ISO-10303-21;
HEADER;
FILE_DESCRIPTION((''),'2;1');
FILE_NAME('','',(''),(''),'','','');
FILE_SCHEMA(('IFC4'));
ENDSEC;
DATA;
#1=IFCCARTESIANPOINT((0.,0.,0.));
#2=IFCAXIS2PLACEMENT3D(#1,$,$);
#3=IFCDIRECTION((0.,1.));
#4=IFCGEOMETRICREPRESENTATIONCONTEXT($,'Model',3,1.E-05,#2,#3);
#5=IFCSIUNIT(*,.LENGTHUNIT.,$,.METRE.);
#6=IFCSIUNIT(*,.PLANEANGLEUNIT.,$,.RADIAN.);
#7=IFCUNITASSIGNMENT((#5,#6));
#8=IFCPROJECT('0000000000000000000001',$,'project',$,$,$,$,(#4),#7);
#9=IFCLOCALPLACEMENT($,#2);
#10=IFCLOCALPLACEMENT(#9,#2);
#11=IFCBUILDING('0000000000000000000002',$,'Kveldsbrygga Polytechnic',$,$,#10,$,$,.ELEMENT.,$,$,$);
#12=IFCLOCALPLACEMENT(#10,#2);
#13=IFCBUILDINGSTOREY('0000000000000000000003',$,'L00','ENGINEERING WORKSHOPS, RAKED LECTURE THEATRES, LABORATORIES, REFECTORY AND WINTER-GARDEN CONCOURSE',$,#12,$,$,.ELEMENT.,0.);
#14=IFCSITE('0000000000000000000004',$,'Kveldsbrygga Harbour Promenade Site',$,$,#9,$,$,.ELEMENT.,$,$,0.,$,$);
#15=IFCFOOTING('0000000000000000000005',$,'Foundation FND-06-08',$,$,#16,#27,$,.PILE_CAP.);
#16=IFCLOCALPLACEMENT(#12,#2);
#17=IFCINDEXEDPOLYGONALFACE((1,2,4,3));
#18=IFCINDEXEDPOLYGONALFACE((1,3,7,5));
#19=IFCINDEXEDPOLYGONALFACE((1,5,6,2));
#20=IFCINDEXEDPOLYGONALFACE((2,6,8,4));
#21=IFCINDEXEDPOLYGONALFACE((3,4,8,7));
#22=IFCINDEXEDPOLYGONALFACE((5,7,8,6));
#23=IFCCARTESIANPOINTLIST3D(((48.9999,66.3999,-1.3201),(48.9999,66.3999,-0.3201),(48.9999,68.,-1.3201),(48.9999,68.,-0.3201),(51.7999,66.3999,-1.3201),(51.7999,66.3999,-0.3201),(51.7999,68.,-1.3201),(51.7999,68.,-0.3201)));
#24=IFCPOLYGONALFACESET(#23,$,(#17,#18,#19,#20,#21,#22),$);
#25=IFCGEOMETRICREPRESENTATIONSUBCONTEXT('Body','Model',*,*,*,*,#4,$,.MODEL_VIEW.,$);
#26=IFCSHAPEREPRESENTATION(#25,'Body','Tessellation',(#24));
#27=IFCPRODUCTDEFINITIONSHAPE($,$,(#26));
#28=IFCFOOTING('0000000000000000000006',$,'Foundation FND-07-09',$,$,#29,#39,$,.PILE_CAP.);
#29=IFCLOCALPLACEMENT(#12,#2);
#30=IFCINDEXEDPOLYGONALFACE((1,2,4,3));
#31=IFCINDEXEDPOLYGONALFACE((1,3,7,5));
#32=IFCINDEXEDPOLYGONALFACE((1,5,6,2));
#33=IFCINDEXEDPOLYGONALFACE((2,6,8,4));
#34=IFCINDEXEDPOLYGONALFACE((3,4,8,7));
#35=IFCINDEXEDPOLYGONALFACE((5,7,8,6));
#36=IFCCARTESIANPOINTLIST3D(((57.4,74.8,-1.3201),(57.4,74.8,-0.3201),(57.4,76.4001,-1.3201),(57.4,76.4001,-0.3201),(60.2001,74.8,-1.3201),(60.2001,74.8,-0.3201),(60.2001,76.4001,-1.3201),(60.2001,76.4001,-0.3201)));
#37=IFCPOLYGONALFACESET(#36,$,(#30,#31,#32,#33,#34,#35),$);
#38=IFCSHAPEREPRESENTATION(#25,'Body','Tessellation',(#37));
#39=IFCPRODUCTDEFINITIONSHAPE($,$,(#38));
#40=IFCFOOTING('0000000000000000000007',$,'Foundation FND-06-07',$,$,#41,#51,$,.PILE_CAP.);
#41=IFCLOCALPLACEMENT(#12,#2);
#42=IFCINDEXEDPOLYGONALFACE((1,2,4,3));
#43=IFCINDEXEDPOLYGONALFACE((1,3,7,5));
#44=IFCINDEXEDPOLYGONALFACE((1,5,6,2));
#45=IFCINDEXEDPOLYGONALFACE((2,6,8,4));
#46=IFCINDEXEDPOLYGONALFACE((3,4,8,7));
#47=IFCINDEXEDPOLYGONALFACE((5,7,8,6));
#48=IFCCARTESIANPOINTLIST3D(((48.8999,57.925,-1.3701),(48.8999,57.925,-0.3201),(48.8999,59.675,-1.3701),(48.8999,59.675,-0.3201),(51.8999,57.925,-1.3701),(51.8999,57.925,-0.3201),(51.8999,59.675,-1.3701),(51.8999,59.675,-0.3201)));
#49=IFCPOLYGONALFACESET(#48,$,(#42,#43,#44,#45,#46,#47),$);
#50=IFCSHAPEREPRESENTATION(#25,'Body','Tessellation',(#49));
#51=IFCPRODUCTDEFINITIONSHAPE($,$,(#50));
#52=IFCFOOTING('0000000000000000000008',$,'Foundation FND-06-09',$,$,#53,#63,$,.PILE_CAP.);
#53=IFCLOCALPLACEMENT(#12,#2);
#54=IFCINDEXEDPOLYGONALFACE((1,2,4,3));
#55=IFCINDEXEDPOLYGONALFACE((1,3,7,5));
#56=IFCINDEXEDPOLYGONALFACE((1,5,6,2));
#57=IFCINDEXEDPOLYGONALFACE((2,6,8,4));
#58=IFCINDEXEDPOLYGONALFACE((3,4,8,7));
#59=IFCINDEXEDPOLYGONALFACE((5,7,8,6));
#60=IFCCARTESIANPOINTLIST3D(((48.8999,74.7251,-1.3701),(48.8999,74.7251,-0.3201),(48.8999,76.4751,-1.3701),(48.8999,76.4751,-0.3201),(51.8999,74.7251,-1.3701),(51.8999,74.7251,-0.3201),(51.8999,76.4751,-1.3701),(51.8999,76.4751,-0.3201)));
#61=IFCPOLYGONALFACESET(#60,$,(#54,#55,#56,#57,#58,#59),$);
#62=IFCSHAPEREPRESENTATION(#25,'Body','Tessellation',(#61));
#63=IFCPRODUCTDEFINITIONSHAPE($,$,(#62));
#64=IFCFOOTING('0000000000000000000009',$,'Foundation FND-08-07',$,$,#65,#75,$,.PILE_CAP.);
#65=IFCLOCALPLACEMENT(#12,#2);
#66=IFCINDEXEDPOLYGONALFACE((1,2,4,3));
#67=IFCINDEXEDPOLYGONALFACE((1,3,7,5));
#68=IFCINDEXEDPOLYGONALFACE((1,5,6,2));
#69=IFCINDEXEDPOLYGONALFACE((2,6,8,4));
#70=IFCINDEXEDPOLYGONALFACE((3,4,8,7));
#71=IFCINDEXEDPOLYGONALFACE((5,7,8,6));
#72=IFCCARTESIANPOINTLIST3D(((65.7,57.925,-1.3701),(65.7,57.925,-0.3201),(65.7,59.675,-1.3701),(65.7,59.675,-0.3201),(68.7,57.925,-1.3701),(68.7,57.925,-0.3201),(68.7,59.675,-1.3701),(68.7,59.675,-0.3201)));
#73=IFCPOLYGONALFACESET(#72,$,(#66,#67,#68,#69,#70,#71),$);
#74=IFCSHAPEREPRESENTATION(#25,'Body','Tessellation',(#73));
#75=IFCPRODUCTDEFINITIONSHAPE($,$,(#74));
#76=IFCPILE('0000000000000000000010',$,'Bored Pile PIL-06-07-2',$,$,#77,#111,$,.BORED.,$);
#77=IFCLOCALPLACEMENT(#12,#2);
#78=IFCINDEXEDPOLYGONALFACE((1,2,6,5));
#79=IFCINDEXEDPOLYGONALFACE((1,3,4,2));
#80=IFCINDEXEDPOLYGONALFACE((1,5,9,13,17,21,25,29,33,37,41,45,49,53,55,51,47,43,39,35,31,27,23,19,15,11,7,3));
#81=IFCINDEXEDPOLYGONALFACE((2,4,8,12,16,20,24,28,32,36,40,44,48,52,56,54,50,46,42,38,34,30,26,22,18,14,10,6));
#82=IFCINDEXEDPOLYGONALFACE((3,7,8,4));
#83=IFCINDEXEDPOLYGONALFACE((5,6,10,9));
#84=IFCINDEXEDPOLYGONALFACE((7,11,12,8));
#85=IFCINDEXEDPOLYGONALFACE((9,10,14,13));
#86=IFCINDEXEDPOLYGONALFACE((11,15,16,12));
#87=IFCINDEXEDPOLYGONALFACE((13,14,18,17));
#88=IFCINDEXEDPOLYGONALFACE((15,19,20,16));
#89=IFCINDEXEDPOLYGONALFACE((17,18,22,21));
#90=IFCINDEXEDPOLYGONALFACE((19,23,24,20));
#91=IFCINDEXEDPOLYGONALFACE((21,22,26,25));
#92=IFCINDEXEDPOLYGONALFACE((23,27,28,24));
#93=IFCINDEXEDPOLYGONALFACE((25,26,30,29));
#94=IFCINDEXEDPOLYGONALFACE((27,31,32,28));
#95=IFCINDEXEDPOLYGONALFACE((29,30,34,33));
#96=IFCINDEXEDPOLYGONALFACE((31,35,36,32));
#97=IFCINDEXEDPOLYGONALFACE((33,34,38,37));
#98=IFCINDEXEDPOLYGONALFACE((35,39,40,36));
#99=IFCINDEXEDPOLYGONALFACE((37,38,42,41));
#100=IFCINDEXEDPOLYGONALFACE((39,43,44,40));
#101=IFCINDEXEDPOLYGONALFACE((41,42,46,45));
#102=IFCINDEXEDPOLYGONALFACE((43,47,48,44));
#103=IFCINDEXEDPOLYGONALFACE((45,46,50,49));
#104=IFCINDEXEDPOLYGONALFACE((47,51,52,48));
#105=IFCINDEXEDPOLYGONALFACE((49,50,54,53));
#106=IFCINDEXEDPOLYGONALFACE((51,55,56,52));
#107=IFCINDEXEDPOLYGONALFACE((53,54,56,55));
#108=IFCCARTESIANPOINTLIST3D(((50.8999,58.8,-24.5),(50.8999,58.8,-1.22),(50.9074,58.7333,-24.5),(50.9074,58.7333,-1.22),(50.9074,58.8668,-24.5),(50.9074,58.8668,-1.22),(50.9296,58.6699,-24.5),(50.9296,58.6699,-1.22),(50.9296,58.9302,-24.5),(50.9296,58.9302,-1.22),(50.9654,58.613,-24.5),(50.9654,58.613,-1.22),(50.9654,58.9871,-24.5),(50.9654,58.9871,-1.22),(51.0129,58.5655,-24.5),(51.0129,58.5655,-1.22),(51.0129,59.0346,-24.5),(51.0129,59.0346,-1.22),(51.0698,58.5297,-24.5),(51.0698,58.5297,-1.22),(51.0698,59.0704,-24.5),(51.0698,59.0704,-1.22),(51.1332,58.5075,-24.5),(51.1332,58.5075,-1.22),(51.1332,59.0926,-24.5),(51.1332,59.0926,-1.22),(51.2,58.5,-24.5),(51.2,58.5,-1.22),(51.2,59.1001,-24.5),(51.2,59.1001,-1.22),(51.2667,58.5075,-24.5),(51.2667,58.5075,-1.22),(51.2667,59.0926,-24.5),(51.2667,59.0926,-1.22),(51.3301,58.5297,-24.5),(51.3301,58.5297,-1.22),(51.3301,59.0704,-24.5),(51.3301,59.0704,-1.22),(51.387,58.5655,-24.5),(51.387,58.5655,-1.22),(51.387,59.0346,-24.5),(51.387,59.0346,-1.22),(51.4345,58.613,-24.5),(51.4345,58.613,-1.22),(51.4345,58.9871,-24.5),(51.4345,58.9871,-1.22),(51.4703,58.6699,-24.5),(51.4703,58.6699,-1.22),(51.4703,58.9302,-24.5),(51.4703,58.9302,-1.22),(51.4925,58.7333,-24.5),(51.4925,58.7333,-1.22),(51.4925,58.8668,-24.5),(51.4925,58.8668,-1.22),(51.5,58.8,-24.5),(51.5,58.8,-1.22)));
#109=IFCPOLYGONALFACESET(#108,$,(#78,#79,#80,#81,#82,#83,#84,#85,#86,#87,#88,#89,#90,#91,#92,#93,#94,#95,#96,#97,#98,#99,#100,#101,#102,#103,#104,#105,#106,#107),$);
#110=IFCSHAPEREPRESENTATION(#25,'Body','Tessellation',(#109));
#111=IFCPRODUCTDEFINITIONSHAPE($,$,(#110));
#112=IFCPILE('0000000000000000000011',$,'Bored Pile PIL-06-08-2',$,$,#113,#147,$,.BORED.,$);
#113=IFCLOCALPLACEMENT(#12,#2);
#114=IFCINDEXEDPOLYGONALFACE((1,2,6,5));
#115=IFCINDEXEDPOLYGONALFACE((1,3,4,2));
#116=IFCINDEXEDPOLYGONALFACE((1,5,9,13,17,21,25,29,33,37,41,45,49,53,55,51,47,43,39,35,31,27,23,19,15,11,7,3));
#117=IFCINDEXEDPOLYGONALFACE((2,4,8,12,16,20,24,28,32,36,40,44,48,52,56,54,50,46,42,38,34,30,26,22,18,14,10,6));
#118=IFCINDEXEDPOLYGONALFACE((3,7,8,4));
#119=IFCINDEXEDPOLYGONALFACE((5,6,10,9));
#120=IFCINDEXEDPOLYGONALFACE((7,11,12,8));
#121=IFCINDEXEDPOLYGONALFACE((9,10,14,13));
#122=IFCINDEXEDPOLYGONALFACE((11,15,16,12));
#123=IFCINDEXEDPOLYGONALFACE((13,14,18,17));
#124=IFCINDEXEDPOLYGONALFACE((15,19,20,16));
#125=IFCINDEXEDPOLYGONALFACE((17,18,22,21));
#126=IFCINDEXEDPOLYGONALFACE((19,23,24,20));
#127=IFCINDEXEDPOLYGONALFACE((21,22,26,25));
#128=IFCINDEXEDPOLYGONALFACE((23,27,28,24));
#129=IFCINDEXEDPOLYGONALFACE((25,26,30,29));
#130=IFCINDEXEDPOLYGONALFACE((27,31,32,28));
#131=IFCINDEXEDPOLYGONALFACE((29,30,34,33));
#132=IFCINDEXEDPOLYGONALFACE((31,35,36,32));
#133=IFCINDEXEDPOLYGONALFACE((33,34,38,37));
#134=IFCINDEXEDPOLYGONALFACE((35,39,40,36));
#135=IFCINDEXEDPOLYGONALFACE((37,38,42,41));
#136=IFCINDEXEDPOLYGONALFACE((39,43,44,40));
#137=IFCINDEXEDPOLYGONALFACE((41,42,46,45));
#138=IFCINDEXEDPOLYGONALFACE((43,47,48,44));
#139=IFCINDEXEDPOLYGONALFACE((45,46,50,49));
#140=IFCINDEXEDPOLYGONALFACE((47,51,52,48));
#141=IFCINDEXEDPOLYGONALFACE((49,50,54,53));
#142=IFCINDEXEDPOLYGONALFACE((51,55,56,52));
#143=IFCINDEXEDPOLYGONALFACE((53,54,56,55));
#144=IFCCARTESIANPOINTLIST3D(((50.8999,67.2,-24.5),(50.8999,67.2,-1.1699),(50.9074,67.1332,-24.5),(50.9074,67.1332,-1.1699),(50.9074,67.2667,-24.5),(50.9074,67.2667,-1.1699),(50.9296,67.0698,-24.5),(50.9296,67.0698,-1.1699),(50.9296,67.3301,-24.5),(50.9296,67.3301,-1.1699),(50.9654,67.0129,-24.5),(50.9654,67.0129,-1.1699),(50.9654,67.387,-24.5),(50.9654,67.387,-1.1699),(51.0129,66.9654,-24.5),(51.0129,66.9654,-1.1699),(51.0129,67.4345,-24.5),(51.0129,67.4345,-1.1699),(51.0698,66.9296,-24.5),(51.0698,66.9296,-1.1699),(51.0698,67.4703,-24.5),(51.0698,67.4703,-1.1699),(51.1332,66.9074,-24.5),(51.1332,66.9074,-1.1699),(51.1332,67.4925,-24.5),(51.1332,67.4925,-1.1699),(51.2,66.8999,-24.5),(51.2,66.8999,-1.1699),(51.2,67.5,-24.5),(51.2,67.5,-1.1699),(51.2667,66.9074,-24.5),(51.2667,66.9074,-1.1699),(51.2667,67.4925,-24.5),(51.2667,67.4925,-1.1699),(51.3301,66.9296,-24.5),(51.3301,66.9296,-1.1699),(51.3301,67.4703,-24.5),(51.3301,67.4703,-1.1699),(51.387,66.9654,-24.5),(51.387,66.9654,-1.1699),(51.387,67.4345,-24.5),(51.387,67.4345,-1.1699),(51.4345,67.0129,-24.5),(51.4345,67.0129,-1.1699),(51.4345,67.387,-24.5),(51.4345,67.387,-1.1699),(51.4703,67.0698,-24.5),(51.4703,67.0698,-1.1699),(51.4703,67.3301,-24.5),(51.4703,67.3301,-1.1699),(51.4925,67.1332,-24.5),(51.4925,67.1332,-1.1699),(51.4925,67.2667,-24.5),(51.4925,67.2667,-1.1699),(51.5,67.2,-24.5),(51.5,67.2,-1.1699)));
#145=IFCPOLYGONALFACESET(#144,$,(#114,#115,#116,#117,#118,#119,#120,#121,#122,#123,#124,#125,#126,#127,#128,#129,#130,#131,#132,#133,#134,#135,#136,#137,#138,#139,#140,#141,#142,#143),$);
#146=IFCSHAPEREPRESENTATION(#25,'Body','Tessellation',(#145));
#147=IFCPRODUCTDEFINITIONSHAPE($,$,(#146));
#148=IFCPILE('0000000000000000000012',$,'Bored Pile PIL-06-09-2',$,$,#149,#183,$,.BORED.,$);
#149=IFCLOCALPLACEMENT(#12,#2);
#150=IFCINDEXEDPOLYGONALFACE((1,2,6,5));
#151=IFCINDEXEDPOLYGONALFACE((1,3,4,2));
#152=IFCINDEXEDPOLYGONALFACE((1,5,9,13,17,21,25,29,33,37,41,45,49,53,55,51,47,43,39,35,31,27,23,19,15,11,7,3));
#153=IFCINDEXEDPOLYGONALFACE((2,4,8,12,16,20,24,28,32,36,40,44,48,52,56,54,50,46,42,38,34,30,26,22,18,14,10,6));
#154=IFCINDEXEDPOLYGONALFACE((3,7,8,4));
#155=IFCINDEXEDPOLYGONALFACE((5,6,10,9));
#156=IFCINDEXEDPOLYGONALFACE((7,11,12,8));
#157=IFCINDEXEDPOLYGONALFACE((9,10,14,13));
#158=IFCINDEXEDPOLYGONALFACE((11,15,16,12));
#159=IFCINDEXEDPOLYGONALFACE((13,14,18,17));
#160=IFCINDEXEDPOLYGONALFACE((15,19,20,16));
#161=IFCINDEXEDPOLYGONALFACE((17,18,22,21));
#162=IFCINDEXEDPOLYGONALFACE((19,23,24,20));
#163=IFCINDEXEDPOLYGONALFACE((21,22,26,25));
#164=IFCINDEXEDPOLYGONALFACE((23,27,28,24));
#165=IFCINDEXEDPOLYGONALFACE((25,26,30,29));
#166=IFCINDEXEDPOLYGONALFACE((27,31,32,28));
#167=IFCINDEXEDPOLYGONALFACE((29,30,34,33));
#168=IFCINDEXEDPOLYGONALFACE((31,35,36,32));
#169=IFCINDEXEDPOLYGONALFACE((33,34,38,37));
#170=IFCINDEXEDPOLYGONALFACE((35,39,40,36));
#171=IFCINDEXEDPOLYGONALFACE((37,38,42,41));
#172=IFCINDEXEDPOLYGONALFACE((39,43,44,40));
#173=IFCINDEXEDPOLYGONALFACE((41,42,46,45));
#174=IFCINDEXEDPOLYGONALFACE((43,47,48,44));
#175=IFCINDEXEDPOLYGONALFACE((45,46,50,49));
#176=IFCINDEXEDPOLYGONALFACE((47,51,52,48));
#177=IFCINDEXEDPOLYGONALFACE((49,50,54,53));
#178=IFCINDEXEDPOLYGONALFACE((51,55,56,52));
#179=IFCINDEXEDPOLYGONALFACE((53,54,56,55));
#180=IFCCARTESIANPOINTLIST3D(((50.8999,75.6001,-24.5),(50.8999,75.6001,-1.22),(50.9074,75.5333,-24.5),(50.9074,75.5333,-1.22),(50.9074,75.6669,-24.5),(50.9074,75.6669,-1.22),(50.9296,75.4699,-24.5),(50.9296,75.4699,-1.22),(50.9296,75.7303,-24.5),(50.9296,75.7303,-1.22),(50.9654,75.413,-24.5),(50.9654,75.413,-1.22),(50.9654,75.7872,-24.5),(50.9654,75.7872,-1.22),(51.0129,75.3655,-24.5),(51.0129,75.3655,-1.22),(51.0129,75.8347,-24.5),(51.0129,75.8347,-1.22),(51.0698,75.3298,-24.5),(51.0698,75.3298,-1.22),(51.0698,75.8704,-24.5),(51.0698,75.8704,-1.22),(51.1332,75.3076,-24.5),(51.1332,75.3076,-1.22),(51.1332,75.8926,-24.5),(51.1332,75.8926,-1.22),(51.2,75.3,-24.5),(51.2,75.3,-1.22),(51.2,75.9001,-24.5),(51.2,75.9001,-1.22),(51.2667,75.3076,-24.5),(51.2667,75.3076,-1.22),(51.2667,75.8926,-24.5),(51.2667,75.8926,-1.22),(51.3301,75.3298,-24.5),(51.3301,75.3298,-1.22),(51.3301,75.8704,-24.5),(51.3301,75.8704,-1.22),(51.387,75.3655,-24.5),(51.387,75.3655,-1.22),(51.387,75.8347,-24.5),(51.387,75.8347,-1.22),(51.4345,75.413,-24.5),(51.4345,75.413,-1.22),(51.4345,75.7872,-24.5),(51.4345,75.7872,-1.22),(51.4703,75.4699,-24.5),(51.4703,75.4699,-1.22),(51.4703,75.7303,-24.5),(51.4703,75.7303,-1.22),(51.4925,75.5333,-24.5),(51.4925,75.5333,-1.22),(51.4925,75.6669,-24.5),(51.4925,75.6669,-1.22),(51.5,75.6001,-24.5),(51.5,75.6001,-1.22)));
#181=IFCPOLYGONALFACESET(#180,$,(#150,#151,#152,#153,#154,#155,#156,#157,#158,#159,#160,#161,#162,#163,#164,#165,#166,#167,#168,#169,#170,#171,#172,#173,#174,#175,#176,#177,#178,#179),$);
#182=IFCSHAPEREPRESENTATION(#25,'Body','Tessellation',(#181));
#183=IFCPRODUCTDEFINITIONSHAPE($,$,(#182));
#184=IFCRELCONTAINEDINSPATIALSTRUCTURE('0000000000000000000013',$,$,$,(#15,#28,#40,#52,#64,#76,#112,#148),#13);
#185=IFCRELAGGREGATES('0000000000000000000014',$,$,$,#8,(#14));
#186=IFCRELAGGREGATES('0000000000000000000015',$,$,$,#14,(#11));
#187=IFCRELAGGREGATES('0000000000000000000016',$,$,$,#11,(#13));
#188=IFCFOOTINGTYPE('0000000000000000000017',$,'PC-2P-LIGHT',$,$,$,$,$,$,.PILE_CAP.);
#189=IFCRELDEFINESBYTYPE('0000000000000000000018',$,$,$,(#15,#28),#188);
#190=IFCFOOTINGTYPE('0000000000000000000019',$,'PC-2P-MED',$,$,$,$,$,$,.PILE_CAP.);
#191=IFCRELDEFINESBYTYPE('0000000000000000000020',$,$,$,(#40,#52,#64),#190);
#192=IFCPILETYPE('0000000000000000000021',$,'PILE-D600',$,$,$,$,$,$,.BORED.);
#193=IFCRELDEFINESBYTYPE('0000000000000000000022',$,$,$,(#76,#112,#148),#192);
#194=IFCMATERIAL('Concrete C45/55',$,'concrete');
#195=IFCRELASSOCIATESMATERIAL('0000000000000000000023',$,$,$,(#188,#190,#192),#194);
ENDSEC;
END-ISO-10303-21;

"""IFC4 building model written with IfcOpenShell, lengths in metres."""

from ifc_helpers import new_model, si_unit, direction, frame, origin, origin_2d, place, context, subcontext, project, spatial, rectangle, circle, extrude, material, material_profile, profile_set, type_object, element, save


model = new_model("IFC4")

# Units and contexts
model_context = context("Model", 3, precision=1e-05, world=origin(), true_north=direction((0.0, 1.0)))
body_context = subcontext(model_context, "Body", "Model", "MODEL_VIEW")
ifc_project = project(units=[si_unit("LENGTHUNIT", "METRE"), si_unit("PLANEANGLEUNIT", "RADIAN")], contexts=[model_context])

# Site, building, storey
site_placement = place(None, origin())
site = spatial("IfcSite", under=ifc_project, at=site_placement, Name="Kveldsbrygga Harbour Promenade Site", CompositionType="ELEMENT", RefElevation=0.0)
building_placement = place(site_placement, origin())
building = spatial("IfcBuilding", under=site, at=building_placement, Name="Kveldsbrygga Polytechnic", CompositionType="ELEMENT")
storey_placement = place(building_placement, origin())
storey = spatial("IfcBuildingStorey", under=building, at=storey_placement, Name="L00", Description="ENGINEERING WORKSHOPS, RAKED LECTURE THEATRES, LABORATORIES, REFECTORY AND WINTER-GARDEN CONCOURSE", CompositionType="ELEMENT", Elevation=0.0)

# Footings
ifc_material_1 = material(Name="Concrete C45/55", Category="concrete")
footing_type_1 = type_object("IfcFootingType", Name="PC-2P-LIGHT", PredefinedType="PILE_CAP", material=ifc_material_1)
for number, where, z_axis, x_axis, name in (
    (1, (50.3999, 67.2, -1.3201), (0.0, 0.0, 1.0), (1.0, 0.0, 0.0), "Foundation FND-06-08"),
    (2, (58.8, 75.6001, -1.3201), (0.0, 0.0, 1.0), (1.0, 0.0, 0.0), "Foundation FND-07-09"),
):
    element("IfcFooting", number, at=place(storey_placement, frame(where, z_axis=z_axis, x_axis=x_axis)), inside=storey, type_object=footing_type_1, Name=name, PredefinedType="PILE_CAP", context=body_context, shape_type="SweptSolid", body=[
        extrude(rectangle(XDim=2.8, YDim=1.6001, at=origin_2d()), origin(), (0.0, 0.0, 1.0), 1.0),
    ])
footing_type_2 = type_object("IfcFootingType", Name="PC-2P-MED", PredefinedType="PILE_CAP", material=ifc_material_1)
for number, where, z_axis, x_axis, name in (
    (3, (50.3999, 58.8, -1.3701), (0.0, 0.0, 1.0), (1.0, 0.0, 0.0), "Foundation FND-06-07"),
    (4, (50.3999, 75.6001, -1.3701), (0.0, 0.0, 1.0), (1.0, 0.0, 0.0), "Foundation FND-06-09"),
    (5, (67.2, 58.8, -1.3701), (0.0, 0.0, 1.0), (1.0, 0.0, 0.0), "Foundation FND-08-07"),
):
    element("IfcFooting", number, at=place(storey_placement, frame(where, z_axis=z_axis, x_axis=x_axis)), inside=storey, type_object=footing_type_2, Name=name, PredefinedType="PILE_CAP", context=body_context, shape_type="SweptSolid", body=[
        extrude(rectangle(XDim=3.0, YDim=1.75, at=origin_2d()), origin(), (0.0, 0.0, 1.0), 1.05),
    ])

# Piles
ifc_material_profile_1 = material_profile(ifc_material_1, circle(Radius=0.3, at=origin_2d()), Name="PILE D600")
ifc_profile_set_1 = profile_set([ifc_material_profile_1], Name="Concrete C45/55")
pile_type = type_object("IfcPileType", Name="PILE-D600", PredefinedType="BORED", material=ifc_profile_set_1)
pile_1_placement = place(storey_placement, frame((51.2, 58.8, -1.22), z_axis=(0.0, 0.0, -1.0), x_axis=(1.0, 0.0, 0.0)))
element("IfcPile", 6, at=pile_1_placement, inside=storey, type_object=pile_type, Name="Bored Pile PIL-06-07-2", PredefinedType="BORED", context=body_context, shape_type="SweptSolid", body=[
    extrude(circle(Radius=0.3, at=origin_2d()), origin(), (0.0, 0.0, 1.0), 23.28),
])
pile_2_placement = place(storey_placement, frame((51.2, 67.2, -1.1699), z_axis=(0.0, 0.0, -1.0), x_axis=(1.0, 0.0, 0.0)))
element("IfcPile", 7, at=pile_2_placement, inside=storey, type_object=pile_type, Name="Bored Pile PIL-06-08-2", PredefinedType="BORED", context=body_context, shape_type="SweptSolid", body=[
    extrude(circle(Radius=0.3, at=origin_2d()), origin(), (0.0, 0.0, 1.0), 23.3301),
])
pile_3_placement = place(storey_placement, frame((51.2, 75.6001, -1.22), z_axis=(0.0, 0.0, -1.0), x_axis=(1.0, 0.0, 0.0)))
element("IfcPile", 8, at=pile_3_placement, inside=storey, type_object=pile_type, Name="Bored Pile PIL-06-09-2", PredefinedType="BORED", context=body_context, shape_type="SweptSolid", body=[
    extrude(circle(Radius=0.3, at=origin_2d()), origin(), (0.0, 0.0, 1.0), 23.28),
])

save(model, "model.ifc")
